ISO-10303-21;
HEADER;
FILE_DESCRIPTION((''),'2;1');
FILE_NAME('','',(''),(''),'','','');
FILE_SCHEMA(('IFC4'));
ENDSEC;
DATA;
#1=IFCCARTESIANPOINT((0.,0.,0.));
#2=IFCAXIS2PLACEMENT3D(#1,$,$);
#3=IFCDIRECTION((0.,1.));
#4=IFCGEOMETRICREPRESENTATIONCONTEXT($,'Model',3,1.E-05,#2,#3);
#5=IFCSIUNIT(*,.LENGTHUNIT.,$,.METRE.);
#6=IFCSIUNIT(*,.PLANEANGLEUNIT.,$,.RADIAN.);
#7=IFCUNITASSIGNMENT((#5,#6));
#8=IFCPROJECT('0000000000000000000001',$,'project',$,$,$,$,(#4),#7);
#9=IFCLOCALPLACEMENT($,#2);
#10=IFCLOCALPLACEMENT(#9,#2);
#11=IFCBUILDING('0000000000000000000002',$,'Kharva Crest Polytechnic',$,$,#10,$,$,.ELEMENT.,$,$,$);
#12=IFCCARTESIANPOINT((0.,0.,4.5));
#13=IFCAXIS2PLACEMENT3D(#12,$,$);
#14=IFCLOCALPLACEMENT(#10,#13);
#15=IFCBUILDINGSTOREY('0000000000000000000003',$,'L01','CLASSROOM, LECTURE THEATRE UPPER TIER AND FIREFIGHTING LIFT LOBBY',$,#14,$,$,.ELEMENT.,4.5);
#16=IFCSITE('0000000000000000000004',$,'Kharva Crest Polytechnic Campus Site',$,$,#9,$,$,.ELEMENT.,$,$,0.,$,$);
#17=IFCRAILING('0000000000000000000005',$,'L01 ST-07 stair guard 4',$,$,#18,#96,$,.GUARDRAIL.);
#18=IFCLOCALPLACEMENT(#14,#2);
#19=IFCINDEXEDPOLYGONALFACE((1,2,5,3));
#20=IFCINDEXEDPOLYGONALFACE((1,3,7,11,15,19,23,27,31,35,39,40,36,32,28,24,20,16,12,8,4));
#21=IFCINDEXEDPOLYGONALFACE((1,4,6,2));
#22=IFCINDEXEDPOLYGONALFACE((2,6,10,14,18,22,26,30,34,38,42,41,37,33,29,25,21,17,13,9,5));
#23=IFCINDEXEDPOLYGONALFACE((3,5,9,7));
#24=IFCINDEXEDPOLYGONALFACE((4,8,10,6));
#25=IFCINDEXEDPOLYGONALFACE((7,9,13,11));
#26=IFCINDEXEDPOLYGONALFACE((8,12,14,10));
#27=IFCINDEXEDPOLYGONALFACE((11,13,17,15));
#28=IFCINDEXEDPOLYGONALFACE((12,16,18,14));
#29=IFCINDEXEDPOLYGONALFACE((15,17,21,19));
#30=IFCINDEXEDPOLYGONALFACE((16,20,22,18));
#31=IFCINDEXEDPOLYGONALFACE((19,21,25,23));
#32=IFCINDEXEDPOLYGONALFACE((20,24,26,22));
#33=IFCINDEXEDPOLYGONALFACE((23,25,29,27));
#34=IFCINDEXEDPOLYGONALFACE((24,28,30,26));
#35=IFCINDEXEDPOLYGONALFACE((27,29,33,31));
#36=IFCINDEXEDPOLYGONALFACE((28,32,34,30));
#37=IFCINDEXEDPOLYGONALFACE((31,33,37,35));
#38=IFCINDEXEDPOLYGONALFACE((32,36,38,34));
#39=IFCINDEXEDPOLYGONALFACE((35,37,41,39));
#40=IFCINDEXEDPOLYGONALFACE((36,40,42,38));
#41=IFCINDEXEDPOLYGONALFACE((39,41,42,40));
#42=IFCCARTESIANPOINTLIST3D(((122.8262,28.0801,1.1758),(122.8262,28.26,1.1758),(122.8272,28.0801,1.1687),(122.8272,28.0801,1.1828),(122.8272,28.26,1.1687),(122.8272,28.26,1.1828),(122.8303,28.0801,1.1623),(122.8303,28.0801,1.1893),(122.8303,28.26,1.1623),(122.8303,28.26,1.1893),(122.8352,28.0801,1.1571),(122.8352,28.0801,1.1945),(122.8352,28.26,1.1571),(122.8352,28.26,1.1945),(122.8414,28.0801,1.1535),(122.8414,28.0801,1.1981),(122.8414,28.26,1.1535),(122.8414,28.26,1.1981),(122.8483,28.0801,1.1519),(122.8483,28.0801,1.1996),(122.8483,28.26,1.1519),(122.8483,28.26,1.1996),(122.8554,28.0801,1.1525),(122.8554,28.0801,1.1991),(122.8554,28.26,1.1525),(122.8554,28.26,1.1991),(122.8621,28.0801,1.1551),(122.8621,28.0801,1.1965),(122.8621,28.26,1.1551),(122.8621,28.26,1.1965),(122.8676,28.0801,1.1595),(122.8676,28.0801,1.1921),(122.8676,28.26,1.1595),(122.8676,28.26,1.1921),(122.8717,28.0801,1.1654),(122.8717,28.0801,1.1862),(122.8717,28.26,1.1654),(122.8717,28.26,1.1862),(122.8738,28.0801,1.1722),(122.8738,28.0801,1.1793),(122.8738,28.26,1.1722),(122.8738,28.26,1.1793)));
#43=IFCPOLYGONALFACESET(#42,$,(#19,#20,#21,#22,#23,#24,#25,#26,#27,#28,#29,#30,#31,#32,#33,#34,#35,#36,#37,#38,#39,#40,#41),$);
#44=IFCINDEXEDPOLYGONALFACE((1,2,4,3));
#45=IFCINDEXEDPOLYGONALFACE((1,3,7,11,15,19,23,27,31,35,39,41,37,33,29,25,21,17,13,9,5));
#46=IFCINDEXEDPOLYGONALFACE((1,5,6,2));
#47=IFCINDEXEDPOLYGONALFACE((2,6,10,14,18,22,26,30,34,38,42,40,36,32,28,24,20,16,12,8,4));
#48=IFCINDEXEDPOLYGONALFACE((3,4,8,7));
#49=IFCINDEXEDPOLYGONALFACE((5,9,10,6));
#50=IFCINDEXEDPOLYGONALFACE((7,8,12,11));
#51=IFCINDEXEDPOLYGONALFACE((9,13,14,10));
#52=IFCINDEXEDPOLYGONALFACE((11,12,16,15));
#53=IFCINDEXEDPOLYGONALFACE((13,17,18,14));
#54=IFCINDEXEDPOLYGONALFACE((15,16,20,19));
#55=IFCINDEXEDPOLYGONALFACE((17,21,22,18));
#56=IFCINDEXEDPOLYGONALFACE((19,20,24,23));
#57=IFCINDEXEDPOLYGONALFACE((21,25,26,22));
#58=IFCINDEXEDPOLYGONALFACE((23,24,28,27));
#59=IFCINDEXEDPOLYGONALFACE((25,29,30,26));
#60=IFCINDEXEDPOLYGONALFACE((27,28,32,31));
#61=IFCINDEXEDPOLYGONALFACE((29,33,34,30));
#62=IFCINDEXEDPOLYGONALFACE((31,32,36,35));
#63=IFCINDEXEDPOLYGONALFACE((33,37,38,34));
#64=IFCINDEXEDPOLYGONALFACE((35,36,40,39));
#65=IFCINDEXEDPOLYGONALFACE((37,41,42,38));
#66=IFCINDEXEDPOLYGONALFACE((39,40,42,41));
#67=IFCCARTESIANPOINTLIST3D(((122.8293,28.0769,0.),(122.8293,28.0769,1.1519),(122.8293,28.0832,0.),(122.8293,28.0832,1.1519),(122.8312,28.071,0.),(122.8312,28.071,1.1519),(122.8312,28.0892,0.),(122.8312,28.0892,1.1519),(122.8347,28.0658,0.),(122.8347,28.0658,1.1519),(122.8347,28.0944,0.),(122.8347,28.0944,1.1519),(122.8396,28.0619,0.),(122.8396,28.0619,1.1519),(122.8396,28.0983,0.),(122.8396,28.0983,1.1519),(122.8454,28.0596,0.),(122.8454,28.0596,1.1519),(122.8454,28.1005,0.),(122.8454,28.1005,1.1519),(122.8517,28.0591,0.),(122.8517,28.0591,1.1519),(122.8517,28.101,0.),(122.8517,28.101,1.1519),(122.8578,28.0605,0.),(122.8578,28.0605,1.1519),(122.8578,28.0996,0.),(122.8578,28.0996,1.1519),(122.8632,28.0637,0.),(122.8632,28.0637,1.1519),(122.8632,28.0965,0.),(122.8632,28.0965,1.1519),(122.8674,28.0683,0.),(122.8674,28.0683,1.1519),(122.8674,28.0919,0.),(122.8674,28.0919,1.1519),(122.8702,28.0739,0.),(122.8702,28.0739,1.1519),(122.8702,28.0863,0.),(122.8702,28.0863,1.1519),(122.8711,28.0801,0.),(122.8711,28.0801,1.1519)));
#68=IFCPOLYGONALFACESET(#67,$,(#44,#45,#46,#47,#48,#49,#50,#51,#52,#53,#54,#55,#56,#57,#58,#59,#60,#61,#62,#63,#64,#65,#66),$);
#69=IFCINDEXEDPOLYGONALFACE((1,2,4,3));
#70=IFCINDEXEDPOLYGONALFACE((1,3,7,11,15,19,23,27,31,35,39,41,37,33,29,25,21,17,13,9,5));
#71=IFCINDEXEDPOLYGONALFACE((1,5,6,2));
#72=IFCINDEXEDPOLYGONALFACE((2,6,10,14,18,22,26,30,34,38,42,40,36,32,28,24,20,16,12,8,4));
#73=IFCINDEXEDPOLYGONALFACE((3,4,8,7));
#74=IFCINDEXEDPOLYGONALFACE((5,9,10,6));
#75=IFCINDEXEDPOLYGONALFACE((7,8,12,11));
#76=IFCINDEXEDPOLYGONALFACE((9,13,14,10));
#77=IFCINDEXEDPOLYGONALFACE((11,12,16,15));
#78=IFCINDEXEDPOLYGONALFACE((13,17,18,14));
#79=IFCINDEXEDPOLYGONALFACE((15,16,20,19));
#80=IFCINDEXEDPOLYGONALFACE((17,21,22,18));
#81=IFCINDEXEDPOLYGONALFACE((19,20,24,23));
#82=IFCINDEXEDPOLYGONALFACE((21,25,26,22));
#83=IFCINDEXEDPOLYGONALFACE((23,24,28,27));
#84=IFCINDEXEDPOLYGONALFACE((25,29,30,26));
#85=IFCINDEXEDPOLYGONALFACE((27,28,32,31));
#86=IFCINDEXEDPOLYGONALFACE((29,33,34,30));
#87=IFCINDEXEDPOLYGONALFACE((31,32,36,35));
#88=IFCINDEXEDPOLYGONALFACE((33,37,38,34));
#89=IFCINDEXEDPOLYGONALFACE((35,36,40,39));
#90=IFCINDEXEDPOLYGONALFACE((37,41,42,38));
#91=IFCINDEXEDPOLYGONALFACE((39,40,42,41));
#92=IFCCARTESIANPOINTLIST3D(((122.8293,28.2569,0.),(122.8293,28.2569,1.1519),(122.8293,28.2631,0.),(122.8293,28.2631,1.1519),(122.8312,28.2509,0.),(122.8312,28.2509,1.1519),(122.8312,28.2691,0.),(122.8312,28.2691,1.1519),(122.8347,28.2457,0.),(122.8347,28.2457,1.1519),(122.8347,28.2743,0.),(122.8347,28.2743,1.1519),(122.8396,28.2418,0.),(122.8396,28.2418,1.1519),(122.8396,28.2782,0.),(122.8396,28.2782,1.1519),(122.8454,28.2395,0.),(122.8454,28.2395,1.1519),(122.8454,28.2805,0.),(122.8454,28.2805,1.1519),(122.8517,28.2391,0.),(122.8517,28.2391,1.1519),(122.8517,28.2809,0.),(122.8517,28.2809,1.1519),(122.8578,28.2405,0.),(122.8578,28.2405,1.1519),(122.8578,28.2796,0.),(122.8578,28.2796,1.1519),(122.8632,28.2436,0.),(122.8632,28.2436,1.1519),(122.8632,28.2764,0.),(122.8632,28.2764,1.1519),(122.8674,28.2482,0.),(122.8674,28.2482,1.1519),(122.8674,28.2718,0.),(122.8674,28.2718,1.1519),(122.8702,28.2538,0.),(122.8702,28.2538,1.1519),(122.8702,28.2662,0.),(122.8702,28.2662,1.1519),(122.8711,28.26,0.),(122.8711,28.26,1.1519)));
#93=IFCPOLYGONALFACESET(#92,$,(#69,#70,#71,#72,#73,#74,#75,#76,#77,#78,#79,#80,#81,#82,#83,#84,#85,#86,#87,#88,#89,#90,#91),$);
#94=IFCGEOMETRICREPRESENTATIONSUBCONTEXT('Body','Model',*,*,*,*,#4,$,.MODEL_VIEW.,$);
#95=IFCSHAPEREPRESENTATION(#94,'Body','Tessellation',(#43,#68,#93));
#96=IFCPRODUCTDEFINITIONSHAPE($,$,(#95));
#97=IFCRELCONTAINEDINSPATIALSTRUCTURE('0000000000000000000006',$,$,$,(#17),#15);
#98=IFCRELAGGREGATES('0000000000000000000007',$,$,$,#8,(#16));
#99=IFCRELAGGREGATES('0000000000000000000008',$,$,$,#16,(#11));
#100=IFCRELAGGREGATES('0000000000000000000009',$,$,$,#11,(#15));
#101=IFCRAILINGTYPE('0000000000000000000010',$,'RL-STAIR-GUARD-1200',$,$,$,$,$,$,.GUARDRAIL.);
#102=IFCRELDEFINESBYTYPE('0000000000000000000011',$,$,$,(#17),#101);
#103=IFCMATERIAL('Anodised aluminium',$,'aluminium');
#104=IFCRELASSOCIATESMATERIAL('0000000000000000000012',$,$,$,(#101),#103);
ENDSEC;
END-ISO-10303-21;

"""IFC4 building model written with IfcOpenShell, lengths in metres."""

from ifc_helpers import new_model, si_unit, direction, frame, origin, origin_2d, place, context, subcontext, project, spatial, circle, extrude, material, type_object, element, save


model = new_model("IFC4")

# Units and contexts
model_context = context("Model", 3, precision=1e-05, world=origin(), true_north=direction((0.0, 1.0)))
body_context = subcontext(model_context, "Body", "Model", "MODEL_VIEW")
ifc_project = project(units=[si_unit("LENGTHUNIT", "METRE"), si_unit("PLANEANGLEUNIT", "RADIAN")], contexts=[model_context])

# Site, building, storey
site_placement = place(None, origin())
site = spatial("IfcSite", under=ifc_project, at=site_placement, Name="Kharva Crest Polytechnic Campus Site", CompositionType="ELEMENT", RefElevation=0.0)
building_placement = place(site_placement, origin())
building = spatial("IfcBuilding", under=site, at=building_placement, Name="Kharva Crest Polytechnic", CompositionType="ELEMENT")
storey_placement = place(building_placement, frame((0.0, 0.0, 4.5)))
storey = spatial("IfcBuildingStorey", under=building, at=storey_placement, Name="L01", Description="CLASSROOM, LECTURE THEATRE UPPER TIER AND FIREFIGHTING LIFT LOBBY", CompositionType="ELEMENT", Elevation=4.5)

# Railing
ifc_material_1 = material(Name="Anodised aluminium", Category="aluminium")
railing_type_1 = type_object("IfcRailingType", Name="RL-STAIR-GUARD-1200", PredefinedType="GUARDRAIL", material=ifc_material_1)
railing_1_placement = place(storey_placement, frame((122.8501, 28.0801, 0.0)))
element("IfcRailing", 1, at=railing_1_placement, inside=storey, type_object=railing_type_1, Name="L01 ST-07 stair guard 4", PredefinedType="GUARDRAIL", context=body_context, shape_type="SweptSolid", body=[
    extrude(circle(Radius=0.0239, at=origin_2d()), frame((0.0, 0.0, 1.1758), z_axis=(0.0, 1.0, 0.0), x_axis=(-1.0, 0.0, 0.0)), (0.0, 0.0, 1.0), 0.1799),
    extrude(circle(Radius=0.021, at=origin_2d()), origin(), (0.0, 0.0, 1.0), 1.1519),
    extrude(circle(Radius=0.021, at=origin_2d()), frame((0.0, 0.1799, 0.0)), (0.0, 0.0, 1.0), 1.1519),
])

save(model, "model.ifc")
